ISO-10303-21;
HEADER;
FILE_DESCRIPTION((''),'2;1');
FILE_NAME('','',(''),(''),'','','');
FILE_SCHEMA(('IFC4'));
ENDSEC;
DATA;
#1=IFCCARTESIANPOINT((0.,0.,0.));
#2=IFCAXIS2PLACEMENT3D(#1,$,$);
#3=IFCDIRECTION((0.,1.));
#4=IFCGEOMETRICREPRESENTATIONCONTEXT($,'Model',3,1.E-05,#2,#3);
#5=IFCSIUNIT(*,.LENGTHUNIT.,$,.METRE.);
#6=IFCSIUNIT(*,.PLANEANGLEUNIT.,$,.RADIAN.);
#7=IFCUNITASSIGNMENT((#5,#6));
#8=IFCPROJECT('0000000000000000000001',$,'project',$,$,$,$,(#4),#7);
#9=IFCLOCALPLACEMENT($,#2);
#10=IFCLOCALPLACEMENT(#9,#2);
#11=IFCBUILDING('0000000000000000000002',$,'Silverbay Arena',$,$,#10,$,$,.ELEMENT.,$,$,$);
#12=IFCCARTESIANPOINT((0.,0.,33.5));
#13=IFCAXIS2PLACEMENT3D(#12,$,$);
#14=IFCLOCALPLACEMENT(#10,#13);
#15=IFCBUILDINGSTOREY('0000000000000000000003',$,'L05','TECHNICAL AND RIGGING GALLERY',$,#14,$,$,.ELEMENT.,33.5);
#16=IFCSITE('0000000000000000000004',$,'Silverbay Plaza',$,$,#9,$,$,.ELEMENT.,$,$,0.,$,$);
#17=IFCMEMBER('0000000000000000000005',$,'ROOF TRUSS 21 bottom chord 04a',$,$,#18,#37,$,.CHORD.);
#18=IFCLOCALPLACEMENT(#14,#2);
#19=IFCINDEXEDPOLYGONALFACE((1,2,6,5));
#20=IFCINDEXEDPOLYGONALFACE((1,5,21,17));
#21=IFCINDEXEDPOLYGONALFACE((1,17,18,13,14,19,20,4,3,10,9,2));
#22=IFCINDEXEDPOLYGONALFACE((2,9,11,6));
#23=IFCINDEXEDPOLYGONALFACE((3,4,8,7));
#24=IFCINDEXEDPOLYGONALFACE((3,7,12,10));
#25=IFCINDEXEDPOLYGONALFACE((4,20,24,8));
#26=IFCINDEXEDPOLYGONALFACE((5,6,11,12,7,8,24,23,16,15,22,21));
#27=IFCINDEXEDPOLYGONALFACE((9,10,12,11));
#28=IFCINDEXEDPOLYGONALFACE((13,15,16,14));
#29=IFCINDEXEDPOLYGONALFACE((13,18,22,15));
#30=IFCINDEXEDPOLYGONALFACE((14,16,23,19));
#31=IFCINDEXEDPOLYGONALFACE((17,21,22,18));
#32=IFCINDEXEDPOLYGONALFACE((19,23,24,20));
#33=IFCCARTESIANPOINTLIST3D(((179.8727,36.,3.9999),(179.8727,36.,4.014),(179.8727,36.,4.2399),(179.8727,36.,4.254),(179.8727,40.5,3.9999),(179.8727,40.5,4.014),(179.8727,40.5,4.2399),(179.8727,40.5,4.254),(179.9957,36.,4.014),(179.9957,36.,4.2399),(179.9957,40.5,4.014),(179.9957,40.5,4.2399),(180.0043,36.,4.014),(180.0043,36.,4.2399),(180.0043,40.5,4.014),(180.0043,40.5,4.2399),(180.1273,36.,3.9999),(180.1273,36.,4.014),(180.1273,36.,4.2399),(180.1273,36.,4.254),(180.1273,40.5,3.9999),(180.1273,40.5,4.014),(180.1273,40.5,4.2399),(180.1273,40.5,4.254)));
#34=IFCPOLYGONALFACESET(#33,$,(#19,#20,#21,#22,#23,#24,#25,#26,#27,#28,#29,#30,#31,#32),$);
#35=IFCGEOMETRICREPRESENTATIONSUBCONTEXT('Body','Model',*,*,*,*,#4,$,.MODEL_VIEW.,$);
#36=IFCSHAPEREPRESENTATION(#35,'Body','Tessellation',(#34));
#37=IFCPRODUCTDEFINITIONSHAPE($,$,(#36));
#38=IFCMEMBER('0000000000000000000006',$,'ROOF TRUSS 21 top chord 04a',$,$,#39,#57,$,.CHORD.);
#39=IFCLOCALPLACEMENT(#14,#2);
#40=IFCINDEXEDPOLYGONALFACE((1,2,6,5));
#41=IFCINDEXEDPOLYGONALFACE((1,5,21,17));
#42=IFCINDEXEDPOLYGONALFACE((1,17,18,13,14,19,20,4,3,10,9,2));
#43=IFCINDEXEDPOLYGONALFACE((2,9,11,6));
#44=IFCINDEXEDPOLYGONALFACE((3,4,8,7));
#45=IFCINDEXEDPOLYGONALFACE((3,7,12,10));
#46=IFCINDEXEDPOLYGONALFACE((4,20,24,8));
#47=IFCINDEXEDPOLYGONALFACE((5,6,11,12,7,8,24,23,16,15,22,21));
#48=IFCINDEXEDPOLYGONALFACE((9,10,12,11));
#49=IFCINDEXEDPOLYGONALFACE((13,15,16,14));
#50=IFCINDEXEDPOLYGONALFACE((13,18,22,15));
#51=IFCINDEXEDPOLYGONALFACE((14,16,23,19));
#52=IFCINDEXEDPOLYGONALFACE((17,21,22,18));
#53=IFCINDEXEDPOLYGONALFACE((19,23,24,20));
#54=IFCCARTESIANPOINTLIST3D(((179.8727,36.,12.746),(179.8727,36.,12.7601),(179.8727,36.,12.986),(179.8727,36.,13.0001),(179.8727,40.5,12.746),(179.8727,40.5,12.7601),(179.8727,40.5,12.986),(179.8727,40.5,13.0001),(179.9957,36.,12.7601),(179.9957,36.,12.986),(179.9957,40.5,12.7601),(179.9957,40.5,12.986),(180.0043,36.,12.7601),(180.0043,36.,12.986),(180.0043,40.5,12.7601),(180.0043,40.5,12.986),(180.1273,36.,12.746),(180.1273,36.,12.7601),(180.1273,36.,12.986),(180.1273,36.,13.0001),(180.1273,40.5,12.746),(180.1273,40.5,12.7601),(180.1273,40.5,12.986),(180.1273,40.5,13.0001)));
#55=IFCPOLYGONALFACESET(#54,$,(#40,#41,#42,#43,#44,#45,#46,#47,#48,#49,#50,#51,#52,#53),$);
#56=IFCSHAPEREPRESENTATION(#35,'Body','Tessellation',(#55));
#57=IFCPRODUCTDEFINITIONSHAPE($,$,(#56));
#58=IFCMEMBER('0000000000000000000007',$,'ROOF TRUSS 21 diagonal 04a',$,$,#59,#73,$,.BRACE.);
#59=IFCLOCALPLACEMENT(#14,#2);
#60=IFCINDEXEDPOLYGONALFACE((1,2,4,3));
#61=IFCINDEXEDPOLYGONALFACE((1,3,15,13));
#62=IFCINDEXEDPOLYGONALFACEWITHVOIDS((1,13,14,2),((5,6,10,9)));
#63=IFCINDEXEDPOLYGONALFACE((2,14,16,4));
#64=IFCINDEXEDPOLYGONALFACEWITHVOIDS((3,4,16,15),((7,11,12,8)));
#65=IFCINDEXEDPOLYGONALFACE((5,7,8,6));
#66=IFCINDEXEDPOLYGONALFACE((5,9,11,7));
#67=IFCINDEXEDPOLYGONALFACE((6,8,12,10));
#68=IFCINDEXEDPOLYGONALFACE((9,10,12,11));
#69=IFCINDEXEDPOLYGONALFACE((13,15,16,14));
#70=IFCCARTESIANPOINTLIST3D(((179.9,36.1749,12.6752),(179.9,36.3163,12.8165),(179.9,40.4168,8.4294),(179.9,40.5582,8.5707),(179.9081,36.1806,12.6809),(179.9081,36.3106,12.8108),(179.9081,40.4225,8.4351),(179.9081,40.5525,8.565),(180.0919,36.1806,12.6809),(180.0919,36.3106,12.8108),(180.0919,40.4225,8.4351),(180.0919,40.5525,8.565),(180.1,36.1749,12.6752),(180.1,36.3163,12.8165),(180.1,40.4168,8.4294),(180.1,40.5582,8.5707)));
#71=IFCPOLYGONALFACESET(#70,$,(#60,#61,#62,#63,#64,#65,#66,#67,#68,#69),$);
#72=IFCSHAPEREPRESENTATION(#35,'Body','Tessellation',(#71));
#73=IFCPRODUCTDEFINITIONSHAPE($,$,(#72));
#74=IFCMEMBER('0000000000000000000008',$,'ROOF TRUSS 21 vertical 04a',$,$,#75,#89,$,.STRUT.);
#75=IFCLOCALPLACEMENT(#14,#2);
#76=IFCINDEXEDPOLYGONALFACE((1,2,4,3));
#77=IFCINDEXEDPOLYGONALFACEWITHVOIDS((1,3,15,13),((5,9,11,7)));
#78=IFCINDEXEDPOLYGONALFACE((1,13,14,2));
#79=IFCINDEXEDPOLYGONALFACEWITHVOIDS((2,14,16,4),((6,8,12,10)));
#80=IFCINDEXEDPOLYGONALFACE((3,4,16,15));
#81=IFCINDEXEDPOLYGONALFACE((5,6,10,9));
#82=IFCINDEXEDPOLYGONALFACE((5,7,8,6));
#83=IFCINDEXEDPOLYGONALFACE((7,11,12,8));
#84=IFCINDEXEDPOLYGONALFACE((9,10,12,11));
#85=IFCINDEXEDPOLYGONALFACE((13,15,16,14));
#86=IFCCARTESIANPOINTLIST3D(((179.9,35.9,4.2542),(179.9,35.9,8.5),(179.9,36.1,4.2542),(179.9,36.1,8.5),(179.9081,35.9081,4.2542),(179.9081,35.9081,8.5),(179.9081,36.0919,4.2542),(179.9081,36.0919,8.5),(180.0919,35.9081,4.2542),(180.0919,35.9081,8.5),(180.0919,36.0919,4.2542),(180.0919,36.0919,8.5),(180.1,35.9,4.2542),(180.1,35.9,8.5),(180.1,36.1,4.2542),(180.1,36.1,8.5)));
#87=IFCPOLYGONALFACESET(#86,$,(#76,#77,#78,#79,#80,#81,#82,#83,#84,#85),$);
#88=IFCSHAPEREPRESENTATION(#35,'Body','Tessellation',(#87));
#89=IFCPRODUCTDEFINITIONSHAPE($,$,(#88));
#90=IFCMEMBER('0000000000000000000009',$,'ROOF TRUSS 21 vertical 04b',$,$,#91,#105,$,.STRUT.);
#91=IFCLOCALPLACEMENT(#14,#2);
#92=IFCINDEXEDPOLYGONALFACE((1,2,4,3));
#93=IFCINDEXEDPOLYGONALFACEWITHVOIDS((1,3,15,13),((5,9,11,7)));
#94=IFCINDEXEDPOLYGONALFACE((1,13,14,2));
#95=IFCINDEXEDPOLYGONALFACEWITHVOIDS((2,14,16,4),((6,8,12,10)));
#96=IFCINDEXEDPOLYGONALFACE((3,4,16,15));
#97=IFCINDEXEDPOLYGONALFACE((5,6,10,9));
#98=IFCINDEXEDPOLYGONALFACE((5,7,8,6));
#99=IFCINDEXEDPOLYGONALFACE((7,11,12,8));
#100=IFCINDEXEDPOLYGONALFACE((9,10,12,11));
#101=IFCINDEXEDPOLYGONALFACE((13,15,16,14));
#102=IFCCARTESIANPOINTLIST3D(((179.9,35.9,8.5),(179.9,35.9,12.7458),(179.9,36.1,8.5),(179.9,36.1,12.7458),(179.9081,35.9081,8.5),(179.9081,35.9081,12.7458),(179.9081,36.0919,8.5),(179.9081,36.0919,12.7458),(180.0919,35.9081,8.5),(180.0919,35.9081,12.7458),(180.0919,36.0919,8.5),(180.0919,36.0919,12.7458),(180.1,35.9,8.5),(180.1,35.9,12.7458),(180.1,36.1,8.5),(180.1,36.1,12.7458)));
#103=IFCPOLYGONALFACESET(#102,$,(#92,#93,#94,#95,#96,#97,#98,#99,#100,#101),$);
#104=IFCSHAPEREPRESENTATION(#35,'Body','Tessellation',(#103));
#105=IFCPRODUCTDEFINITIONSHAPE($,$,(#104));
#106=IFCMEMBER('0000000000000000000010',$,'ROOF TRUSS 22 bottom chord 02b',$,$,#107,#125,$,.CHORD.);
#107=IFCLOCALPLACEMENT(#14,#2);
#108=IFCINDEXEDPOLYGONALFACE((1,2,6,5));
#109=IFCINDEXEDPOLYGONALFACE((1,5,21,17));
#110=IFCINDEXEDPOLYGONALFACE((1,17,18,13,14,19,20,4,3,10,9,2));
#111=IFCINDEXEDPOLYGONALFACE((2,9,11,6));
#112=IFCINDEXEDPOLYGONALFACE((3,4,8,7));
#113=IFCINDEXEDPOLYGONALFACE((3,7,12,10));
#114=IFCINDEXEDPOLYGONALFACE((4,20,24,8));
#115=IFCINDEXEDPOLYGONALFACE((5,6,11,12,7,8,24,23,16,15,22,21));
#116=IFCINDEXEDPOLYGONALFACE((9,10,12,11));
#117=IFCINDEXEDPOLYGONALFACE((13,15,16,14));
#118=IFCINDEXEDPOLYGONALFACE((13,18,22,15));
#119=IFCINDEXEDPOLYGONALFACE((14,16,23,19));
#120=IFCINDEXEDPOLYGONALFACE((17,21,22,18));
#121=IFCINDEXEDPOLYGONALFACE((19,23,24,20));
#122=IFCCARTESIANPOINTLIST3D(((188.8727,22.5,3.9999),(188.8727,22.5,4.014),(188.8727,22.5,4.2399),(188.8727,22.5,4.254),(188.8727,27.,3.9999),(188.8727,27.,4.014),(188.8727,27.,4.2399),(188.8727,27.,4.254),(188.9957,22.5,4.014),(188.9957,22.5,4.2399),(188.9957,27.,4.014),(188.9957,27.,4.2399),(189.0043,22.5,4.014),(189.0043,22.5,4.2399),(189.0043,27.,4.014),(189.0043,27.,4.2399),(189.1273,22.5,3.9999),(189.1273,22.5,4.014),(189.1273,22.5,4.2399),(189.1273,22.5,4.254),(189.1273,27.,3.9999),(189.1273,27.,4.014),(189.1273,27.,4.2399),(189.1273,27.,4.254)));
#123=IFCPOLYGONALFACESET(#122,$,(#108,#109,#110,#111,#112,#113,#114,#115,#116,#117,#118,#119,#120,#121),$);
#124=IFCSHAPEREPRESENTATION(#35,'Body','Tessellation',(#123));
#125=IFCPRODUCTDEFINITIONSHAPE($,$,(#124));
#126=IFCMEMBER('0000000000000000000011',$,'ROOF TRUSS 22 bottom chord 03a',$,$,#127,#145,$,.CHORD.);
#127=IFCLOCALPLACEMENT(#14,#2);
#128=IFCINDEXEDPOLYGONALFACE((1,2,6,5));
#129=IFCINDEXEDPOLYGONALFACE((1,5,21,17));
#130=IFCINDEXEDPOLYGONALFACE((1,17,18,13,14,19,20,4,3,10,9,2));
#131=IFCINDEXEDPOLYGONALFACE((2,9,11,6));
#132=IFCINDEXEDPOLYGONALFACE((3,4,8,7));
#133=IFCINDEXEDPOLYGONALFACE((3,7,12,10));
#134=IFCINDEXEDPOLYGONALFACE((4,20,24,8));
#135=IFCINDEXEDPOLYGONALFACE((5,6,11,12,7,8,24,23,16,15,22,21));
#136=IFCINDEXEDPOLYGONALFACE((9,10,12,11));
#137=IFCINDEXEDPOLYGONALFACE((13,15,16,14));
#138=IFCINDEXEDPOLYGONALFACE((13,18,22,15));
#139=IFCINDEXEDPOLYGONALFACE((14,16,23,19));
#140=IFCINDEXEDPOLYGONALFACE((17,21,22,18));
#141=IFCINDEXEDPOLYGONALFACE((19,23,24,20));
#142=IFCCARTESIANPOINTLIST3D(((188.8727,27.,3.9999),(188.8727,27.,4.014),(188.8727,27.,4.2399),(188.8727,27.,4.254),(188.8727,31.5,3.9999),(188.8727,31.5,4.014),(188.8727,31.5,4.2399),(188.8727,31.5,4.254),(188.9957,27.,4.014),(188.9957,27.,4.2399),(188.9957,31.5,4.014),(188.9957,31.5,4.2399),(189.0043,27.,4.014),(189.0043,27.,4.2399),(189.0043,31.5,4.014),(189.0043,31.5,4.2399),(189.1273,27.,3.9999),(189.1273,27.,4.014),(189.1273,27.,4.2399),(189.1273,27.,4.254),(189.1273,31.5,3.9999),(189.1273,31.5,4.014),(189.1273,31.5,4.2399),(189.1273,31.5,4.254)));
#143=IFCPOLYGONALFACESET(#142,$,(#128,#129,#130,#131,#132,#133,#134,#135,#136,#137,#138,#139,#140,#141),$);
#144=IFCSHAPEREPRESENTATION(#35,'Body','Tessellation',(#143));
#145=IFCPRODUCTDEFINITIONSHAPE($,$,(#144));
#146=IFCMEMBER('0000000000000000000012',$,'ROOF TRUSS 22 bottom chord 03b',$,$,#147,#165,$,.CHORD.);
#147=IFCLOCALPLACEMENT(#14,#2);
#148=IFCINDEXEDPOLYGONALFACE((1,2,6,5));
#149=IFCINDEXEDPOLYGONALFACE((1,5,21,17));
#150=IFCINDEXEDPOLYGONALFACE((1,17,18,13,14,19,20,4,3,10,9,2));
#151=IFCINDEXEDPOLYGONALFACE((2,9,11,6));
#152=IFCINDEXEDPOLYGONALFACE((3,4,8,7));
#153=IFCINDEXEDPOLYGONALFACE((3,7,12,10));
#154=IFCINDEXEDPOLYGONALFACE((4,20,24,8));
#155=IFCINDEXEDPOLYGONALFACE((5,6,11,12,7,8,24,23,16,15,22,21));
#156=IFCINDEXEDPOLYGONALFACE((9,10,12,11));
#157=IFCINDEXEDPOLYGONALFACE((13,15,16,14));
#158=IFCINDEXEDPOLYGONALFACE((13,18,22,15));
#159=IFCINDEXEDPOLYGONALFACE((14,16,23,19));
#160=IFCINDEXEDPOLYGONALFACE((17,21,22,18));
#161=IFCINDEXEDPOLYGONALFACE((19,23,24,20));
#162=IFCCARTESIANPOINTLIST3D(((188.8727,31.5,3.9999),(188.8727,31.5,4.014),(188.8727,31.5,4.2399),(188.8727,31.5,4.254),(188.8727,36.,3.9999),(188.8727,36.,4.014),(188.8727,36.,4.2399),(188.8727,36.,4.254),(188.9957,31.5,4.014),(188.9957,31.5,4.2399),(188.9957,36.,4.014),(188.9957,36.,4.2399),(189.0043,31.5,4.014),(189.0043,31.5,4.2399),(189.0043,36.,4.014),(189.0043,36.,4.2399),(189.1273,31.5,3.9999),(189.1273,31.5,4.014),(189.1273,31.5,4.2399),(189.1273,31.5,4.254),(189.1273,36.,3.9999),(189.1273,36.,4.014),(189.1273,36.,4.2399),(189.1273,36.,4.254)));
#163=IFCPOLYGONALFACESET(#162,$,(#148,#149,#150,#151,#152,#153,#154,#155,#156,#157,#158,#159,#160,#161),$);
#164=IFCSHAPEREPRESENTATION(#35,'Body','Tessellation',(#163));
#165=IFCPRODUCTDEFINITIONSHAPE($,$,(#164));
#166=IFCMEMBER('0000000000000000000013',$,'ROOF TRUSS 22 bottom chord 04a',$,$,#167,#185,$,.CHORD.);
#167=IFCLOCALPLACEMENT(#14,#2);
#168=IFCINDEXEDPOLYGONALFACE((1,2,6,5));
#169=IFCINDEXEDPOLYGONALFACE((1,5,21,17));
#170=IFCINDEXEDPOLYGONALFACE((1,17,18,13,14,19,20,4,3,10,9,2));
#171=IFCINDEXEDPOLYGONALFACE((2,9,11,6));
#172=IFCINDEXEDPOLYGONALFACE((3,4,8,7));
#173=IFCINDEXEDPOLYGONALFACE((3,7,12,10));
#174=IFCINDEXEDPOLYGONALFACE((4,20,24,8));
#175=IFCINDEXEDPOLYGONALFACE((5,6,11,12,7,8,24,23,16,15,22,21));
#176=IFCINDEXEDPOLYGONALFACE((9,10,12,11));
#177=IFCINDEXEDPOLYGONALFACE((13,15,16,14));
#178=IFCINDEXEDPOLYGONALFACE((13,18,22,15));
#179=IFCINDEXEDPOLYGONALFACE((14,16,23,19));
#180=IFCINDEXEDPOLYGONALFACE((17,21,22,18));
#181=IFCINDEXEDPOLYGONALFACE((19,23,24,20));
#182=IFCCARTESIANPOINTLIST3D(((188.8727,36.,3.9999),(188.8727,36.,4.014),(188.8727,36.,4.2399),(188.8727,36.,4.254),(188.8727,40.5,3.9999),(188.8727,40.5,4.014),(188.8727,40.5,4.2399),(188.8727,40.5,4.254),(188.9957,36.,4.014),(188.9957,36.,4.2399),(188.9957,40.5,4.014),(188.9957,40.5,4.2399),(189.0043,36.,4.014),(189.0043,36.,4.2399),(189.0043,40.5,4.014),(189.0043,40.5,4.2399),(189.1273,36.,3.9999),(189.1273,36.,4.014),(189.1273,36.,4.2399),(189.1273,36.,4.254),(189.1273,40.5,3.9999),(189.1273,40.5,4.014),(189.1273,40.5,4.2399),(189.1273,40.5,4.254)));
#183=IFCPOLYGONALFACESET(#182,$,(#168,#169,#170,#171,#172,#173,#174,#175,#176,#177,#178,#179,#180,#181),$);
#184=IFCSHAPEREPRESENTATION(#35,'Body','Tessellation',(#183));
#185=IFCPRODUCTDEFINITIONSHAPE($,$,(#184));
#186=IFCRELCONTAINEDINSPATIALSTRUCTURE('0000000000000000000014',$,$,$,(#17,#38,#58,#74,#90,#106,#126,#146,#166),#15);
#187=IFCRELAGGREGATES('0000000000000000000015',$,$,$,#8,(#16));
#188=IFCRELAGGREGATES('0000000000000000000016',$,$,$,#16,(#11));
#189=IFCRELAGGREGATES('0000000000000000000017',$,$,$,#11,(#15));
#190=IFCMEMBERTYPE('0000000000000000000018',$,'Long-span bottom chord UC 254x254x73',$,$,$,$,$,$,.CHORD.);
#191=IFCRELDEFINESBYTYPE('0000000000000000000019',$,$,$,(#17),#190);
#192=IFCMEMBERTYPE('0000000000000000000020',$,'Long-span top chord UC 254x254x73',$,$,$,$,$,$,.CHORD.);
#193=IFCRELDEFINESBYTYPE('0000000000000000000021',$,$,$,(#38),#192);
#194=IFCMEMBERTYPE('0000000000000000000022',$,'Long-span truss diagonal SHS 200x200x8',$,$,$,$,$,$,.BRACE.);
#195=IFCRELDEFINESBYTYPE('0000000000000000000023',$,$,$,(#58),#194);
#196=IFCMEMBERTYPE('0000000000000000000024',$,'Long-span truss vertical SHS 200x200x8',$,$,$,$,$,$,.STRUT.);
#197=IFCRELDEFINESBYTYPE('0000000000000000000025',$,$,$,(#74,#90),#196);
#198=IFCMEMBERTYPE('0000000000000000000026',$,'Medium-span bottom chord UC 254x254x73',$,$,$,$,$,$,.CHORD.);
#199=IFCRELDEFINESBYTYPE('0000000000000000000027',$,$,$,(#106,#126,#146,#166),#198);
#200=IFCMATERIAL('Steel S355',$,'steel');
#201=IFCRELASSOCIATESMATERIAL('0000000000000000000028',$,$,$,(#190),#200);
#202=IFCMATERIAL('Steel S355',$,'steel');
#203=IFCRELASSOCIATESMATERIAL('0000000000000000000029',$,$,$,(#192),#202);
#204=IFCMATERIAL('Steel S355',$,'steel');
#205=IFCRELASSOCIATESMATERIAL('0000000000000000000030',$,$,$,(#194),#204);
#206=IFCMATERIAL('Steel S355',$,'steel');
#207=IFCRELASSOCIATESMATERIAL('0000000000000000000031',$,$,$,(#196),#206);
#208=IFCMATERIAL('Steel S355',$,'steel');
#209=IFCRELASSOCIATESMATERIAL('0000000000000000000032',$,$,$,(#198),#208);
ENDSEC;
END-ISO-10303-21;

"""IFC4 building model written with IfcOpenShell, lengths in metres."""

from ifc_helpers import new_model, si_unit, direction, frame, origin, origin_2d, place, context, subcontext, project, spatial, hollow_rectangle, i_section, extrude, material, material_profile, profile_set, type_object, element, save


model = new_model("IFC4")

# Units and contexts
model_context = context("Model", 3, precision=1e-05, world=origin(), true_north=direction((0.0, 1.0)))
body_context = subcontext(model_context, "Body", "Model", "MODEL_VIEW")
ifc_project = project(units=[si_unit("LENGTHUNIT", "METRE"), si_unit("PLANEANGLEUNIT", "RADIAN")], contexts=[model_context])

# Site, building, storey
site_placement = place(None, origin())
site = spatial("IfcSite", under=ifc_project, at=site_placement, Name="Silverbay Plaza", CompositionType="ELEMENT", RefElevation=0.0)
building_placement = place(site_placement, origin())
building = spatial("IfcBuilding", under=site, at=building_placement, Name="Silverbay Arena", CompositionType="ELEMENT")
storey_placement = place(building_placement, frame((0.0, 0.0, 33.5)))
storey = spatial("IfcBuildingStorey", under=building, at=storey_placement, Name="L05", Description="TECHNICAL AND RIGGING GALLERY", CompositionType="ELEMENT", Elevation=33.5)

# Members
ifc_material_1 = material(Name="Steel S355", Category="steel")
ifc_material_profile_1 = material_profile(ifc_material_1, i_section(OverallWidth=0.2546, OverallDepth=0.2542, WebThickness=0.0085, FlangeThickness=0.0142, at=origin_2d()), Name="UC 254x254x73")
ifc_profile_set_1 = profile_set([ifc_material_profile_1], Name="Steel S355")
member_type_1 = type_object("IfcMemberType", Name="Long-span bottom chord UC 254x254x73", PredefinedType="CHORD", material=ifc_profile_set_1)
member_1_placement = place(storey_placement, frame((180.0, 36.0, 4.127), z_axis=(0.0, 1.0, 0.0), x_axis=(-1.0, 0.0, 0.0)))
element("IfcMember", 1, at=member_1_placement, inside=storey, type_object=member_type_1, Name="ROOF TRUSS 21 bottom chord 04a", PredefinedType="CHORD", context=body_context, shape_type="SweptSolid", body=[
    extrude(i_section(OverallWidth=0.2546, OverallDepth=0.2542, WebThickness=0.0085, FlangeThickness=0.0142, at=origin_2d()), origin(), (0.0, 0.0, 1.0), 4.5),
])
ifc_material_2 = material(Name="Steel S355", Category="steel")
ifc_material_profile_2 = material_profile(ifc_material_2, i_section(OverallWidth=0.2546, OverallDepth=0.2542, WebThickness=0.0085, FlangeThickness=0.0142, at=origin_2d()), Name="UC 254x254x73")
ifc_profile_set_2 = profile_set([ifc_material_profile_2], Name="Steel S355")
member_type_2 = type_object("IfcMemberType", Name="Long-span top chord UC 254x254x73", PredefinedType="CHORD", material=ifc_profile_set_2)
member_2_placement = place(storey_placement, frame((180.0, 36.0, 12.873), z_axis=(0.0, 1.0, 0.0), x_axis=(-1.0, 0.0, 0.0)))
element("IfcMember", 2, at=member_2_placement, inside=storey, type_object=member_type_2, Name="ROOF TRUSS 21 top chord 04a", PredefinedType="CHORD", context=body_context, shape_type="SweptSolid", body=[
    extrude(i_section(OverallWidth=0.2546, OverallDepth=0.2542, WebThickness=0.0085, FlangeThickness=0.0142, at=origin_2d()), origin(), (0.0, 0.0, 1.0), 4.5),
])
ifc_material_3 = material(Name="Steel S355", Category="steel")
ifc_material_profile_3 = material_profile(ifc_material_3, hollow_rectangle(XDim=0.2, YDim=0.2, WallThickness=0.0081, at=origin_2d()), Name="SHS 200x200x8")
ifc_profile_set_3 = profile_set([ifc_material_profile_3], Name="Steel S355")
member_type_3 = type_object("IfcMemberType", Name="Long-span truss diagonal SHS 200x200x8", PredefinedType="BRACE", material=ifc_profile_set_3)
member_3_placement = place(storey_placement, frame((180.0, 36.2456, 12.7458), z_axis=(0.0, 0.706781, -0.707432), x_axis=(-1.0, 0.0, 0.0)))
element("IfcMember", 3, at=member_3_placement, inside=storey, type_object=member_type_3, Name="ROOF TRUSS 21 diagonal 04a", PredefinedType="BRACE", context=body_context, shape_type="SweptSolid", body=[
    extrude(hollow_rectangle(XDim=0.2, YDim=0.2, WallThickness=0.0081, at=origin_2d()), origin(), (0.0, 0.0, 1.0), 6.0017),
])
ifc_material_4 = material(Name="Steel S355", Category="steel")
ifc_material_profile_4 = material_profile(ifc_material_4, hollow_rectangle(XDim=0.2, YDim=0.2, WallThickness=0.0081, at=origin_2d()), Name="SHS 200x200x8")
ifc_profile_set_4 = profile_set([ifc_material_profile_4], Name="Steel S355")
member_type_4 = type_object("IfcMemberType", Name="Long-span truss vertical SHS 200x200x8", PredefinedType="STRUT", material=ifc_profile_set_4)
for number, where, z_axis, x_axis, name in (
    (4, (180.0, 36.0, 4.2542), (0.0, 0.0, 1.0), (1.0, 0.0, 0.0), "ROOF TRUSS 21 vertical 04a"),
    (5, (180.0, 36.0, 8.5), (0.0, 0.0, 1.0), (1.0, 0.0, 0.0), "ROOF TRUSS 21 vertical 04b"),
):
    element("IfcMember", number, at=place(storey_placement, frame(where, z_axis=z_axis, x_axis=x_axis)), inside=storey, type_object=member_type_4, Name=name, PredefinedType="STRUT", context=body_context, shape_type="SweptSolid", body=[
        extrude(hollow_rectangle(XDim=0.2, YDim=0.2, WallThickness=0.0081, at=origin_2d()), origin(), (0.0, 0.0, 1.0), 4.2458),
    ])
ifc_material_5 = material(Name="Steel S355", Category="steel")
ifc_material_profile_5 = material_profile(ifc_material_5, i_section(OverallWidth=0.2546, OverallDepth=0.2542, WebThickness=0.0085, FlangeThickness=0.0142, at=origin_2d()), Name="UC 254x254x73")
ifc_profile_set_5 = profile_set([ifc_material_profile_5], Name="Steel S355")
member_type_5 = type_object("IfcMemberType", Name="Medium-span bottom chord UC 254x254x73", PredefinedType="CHORD", material=ifc_profile_set_5)
for number, where, z_axis, x_axis, name in (
    (6, (189.0, 22.5, 4.127), (0.0, 1.0, 0.0), (-1.0, 0.0, 0.0), "ROOF TRUSS 22 bottom chord 02b"),
    (7, (189.0, 27.0, 4.127), (0.0, 1.0, 0.0), (-1.0, 0.0, 0.0), "ROOF TRUSS 22 bottom chord 03a"),
    (8, (189.0, 31.5, 4.127), (0.0, 1.0, 0.0), (-1.0, 0.0, 0.0), "ROOF TRUSS 22 bottom chord 03b"),
    (9, (189.0, 36.0, 4.127), (0.0, 1.0, 0.0), (-1.0, 0.0, 0.0), "ROOF TRUSS 22 bottom chord 04a"),
):
    element("IfcMember", number, at=place(storey_placement, frame(where, z_axis=z_axis, x_axis=x_axis)), inside=storey, type_object=member_type_5, Name=name, PredefinedType="CHORD", context=body_context, shape_type="SweptSolid", body=[
        extrude(i_section(OverallWidth=0.2546, OverallDepth=0.2542, WebThickness=0.0085, FlangeThickness=0.0142, at=origin_2d()), origin(), (0.0, 0.0, 1.0), 4.5),
    ])

save(model, "model.ifc")
